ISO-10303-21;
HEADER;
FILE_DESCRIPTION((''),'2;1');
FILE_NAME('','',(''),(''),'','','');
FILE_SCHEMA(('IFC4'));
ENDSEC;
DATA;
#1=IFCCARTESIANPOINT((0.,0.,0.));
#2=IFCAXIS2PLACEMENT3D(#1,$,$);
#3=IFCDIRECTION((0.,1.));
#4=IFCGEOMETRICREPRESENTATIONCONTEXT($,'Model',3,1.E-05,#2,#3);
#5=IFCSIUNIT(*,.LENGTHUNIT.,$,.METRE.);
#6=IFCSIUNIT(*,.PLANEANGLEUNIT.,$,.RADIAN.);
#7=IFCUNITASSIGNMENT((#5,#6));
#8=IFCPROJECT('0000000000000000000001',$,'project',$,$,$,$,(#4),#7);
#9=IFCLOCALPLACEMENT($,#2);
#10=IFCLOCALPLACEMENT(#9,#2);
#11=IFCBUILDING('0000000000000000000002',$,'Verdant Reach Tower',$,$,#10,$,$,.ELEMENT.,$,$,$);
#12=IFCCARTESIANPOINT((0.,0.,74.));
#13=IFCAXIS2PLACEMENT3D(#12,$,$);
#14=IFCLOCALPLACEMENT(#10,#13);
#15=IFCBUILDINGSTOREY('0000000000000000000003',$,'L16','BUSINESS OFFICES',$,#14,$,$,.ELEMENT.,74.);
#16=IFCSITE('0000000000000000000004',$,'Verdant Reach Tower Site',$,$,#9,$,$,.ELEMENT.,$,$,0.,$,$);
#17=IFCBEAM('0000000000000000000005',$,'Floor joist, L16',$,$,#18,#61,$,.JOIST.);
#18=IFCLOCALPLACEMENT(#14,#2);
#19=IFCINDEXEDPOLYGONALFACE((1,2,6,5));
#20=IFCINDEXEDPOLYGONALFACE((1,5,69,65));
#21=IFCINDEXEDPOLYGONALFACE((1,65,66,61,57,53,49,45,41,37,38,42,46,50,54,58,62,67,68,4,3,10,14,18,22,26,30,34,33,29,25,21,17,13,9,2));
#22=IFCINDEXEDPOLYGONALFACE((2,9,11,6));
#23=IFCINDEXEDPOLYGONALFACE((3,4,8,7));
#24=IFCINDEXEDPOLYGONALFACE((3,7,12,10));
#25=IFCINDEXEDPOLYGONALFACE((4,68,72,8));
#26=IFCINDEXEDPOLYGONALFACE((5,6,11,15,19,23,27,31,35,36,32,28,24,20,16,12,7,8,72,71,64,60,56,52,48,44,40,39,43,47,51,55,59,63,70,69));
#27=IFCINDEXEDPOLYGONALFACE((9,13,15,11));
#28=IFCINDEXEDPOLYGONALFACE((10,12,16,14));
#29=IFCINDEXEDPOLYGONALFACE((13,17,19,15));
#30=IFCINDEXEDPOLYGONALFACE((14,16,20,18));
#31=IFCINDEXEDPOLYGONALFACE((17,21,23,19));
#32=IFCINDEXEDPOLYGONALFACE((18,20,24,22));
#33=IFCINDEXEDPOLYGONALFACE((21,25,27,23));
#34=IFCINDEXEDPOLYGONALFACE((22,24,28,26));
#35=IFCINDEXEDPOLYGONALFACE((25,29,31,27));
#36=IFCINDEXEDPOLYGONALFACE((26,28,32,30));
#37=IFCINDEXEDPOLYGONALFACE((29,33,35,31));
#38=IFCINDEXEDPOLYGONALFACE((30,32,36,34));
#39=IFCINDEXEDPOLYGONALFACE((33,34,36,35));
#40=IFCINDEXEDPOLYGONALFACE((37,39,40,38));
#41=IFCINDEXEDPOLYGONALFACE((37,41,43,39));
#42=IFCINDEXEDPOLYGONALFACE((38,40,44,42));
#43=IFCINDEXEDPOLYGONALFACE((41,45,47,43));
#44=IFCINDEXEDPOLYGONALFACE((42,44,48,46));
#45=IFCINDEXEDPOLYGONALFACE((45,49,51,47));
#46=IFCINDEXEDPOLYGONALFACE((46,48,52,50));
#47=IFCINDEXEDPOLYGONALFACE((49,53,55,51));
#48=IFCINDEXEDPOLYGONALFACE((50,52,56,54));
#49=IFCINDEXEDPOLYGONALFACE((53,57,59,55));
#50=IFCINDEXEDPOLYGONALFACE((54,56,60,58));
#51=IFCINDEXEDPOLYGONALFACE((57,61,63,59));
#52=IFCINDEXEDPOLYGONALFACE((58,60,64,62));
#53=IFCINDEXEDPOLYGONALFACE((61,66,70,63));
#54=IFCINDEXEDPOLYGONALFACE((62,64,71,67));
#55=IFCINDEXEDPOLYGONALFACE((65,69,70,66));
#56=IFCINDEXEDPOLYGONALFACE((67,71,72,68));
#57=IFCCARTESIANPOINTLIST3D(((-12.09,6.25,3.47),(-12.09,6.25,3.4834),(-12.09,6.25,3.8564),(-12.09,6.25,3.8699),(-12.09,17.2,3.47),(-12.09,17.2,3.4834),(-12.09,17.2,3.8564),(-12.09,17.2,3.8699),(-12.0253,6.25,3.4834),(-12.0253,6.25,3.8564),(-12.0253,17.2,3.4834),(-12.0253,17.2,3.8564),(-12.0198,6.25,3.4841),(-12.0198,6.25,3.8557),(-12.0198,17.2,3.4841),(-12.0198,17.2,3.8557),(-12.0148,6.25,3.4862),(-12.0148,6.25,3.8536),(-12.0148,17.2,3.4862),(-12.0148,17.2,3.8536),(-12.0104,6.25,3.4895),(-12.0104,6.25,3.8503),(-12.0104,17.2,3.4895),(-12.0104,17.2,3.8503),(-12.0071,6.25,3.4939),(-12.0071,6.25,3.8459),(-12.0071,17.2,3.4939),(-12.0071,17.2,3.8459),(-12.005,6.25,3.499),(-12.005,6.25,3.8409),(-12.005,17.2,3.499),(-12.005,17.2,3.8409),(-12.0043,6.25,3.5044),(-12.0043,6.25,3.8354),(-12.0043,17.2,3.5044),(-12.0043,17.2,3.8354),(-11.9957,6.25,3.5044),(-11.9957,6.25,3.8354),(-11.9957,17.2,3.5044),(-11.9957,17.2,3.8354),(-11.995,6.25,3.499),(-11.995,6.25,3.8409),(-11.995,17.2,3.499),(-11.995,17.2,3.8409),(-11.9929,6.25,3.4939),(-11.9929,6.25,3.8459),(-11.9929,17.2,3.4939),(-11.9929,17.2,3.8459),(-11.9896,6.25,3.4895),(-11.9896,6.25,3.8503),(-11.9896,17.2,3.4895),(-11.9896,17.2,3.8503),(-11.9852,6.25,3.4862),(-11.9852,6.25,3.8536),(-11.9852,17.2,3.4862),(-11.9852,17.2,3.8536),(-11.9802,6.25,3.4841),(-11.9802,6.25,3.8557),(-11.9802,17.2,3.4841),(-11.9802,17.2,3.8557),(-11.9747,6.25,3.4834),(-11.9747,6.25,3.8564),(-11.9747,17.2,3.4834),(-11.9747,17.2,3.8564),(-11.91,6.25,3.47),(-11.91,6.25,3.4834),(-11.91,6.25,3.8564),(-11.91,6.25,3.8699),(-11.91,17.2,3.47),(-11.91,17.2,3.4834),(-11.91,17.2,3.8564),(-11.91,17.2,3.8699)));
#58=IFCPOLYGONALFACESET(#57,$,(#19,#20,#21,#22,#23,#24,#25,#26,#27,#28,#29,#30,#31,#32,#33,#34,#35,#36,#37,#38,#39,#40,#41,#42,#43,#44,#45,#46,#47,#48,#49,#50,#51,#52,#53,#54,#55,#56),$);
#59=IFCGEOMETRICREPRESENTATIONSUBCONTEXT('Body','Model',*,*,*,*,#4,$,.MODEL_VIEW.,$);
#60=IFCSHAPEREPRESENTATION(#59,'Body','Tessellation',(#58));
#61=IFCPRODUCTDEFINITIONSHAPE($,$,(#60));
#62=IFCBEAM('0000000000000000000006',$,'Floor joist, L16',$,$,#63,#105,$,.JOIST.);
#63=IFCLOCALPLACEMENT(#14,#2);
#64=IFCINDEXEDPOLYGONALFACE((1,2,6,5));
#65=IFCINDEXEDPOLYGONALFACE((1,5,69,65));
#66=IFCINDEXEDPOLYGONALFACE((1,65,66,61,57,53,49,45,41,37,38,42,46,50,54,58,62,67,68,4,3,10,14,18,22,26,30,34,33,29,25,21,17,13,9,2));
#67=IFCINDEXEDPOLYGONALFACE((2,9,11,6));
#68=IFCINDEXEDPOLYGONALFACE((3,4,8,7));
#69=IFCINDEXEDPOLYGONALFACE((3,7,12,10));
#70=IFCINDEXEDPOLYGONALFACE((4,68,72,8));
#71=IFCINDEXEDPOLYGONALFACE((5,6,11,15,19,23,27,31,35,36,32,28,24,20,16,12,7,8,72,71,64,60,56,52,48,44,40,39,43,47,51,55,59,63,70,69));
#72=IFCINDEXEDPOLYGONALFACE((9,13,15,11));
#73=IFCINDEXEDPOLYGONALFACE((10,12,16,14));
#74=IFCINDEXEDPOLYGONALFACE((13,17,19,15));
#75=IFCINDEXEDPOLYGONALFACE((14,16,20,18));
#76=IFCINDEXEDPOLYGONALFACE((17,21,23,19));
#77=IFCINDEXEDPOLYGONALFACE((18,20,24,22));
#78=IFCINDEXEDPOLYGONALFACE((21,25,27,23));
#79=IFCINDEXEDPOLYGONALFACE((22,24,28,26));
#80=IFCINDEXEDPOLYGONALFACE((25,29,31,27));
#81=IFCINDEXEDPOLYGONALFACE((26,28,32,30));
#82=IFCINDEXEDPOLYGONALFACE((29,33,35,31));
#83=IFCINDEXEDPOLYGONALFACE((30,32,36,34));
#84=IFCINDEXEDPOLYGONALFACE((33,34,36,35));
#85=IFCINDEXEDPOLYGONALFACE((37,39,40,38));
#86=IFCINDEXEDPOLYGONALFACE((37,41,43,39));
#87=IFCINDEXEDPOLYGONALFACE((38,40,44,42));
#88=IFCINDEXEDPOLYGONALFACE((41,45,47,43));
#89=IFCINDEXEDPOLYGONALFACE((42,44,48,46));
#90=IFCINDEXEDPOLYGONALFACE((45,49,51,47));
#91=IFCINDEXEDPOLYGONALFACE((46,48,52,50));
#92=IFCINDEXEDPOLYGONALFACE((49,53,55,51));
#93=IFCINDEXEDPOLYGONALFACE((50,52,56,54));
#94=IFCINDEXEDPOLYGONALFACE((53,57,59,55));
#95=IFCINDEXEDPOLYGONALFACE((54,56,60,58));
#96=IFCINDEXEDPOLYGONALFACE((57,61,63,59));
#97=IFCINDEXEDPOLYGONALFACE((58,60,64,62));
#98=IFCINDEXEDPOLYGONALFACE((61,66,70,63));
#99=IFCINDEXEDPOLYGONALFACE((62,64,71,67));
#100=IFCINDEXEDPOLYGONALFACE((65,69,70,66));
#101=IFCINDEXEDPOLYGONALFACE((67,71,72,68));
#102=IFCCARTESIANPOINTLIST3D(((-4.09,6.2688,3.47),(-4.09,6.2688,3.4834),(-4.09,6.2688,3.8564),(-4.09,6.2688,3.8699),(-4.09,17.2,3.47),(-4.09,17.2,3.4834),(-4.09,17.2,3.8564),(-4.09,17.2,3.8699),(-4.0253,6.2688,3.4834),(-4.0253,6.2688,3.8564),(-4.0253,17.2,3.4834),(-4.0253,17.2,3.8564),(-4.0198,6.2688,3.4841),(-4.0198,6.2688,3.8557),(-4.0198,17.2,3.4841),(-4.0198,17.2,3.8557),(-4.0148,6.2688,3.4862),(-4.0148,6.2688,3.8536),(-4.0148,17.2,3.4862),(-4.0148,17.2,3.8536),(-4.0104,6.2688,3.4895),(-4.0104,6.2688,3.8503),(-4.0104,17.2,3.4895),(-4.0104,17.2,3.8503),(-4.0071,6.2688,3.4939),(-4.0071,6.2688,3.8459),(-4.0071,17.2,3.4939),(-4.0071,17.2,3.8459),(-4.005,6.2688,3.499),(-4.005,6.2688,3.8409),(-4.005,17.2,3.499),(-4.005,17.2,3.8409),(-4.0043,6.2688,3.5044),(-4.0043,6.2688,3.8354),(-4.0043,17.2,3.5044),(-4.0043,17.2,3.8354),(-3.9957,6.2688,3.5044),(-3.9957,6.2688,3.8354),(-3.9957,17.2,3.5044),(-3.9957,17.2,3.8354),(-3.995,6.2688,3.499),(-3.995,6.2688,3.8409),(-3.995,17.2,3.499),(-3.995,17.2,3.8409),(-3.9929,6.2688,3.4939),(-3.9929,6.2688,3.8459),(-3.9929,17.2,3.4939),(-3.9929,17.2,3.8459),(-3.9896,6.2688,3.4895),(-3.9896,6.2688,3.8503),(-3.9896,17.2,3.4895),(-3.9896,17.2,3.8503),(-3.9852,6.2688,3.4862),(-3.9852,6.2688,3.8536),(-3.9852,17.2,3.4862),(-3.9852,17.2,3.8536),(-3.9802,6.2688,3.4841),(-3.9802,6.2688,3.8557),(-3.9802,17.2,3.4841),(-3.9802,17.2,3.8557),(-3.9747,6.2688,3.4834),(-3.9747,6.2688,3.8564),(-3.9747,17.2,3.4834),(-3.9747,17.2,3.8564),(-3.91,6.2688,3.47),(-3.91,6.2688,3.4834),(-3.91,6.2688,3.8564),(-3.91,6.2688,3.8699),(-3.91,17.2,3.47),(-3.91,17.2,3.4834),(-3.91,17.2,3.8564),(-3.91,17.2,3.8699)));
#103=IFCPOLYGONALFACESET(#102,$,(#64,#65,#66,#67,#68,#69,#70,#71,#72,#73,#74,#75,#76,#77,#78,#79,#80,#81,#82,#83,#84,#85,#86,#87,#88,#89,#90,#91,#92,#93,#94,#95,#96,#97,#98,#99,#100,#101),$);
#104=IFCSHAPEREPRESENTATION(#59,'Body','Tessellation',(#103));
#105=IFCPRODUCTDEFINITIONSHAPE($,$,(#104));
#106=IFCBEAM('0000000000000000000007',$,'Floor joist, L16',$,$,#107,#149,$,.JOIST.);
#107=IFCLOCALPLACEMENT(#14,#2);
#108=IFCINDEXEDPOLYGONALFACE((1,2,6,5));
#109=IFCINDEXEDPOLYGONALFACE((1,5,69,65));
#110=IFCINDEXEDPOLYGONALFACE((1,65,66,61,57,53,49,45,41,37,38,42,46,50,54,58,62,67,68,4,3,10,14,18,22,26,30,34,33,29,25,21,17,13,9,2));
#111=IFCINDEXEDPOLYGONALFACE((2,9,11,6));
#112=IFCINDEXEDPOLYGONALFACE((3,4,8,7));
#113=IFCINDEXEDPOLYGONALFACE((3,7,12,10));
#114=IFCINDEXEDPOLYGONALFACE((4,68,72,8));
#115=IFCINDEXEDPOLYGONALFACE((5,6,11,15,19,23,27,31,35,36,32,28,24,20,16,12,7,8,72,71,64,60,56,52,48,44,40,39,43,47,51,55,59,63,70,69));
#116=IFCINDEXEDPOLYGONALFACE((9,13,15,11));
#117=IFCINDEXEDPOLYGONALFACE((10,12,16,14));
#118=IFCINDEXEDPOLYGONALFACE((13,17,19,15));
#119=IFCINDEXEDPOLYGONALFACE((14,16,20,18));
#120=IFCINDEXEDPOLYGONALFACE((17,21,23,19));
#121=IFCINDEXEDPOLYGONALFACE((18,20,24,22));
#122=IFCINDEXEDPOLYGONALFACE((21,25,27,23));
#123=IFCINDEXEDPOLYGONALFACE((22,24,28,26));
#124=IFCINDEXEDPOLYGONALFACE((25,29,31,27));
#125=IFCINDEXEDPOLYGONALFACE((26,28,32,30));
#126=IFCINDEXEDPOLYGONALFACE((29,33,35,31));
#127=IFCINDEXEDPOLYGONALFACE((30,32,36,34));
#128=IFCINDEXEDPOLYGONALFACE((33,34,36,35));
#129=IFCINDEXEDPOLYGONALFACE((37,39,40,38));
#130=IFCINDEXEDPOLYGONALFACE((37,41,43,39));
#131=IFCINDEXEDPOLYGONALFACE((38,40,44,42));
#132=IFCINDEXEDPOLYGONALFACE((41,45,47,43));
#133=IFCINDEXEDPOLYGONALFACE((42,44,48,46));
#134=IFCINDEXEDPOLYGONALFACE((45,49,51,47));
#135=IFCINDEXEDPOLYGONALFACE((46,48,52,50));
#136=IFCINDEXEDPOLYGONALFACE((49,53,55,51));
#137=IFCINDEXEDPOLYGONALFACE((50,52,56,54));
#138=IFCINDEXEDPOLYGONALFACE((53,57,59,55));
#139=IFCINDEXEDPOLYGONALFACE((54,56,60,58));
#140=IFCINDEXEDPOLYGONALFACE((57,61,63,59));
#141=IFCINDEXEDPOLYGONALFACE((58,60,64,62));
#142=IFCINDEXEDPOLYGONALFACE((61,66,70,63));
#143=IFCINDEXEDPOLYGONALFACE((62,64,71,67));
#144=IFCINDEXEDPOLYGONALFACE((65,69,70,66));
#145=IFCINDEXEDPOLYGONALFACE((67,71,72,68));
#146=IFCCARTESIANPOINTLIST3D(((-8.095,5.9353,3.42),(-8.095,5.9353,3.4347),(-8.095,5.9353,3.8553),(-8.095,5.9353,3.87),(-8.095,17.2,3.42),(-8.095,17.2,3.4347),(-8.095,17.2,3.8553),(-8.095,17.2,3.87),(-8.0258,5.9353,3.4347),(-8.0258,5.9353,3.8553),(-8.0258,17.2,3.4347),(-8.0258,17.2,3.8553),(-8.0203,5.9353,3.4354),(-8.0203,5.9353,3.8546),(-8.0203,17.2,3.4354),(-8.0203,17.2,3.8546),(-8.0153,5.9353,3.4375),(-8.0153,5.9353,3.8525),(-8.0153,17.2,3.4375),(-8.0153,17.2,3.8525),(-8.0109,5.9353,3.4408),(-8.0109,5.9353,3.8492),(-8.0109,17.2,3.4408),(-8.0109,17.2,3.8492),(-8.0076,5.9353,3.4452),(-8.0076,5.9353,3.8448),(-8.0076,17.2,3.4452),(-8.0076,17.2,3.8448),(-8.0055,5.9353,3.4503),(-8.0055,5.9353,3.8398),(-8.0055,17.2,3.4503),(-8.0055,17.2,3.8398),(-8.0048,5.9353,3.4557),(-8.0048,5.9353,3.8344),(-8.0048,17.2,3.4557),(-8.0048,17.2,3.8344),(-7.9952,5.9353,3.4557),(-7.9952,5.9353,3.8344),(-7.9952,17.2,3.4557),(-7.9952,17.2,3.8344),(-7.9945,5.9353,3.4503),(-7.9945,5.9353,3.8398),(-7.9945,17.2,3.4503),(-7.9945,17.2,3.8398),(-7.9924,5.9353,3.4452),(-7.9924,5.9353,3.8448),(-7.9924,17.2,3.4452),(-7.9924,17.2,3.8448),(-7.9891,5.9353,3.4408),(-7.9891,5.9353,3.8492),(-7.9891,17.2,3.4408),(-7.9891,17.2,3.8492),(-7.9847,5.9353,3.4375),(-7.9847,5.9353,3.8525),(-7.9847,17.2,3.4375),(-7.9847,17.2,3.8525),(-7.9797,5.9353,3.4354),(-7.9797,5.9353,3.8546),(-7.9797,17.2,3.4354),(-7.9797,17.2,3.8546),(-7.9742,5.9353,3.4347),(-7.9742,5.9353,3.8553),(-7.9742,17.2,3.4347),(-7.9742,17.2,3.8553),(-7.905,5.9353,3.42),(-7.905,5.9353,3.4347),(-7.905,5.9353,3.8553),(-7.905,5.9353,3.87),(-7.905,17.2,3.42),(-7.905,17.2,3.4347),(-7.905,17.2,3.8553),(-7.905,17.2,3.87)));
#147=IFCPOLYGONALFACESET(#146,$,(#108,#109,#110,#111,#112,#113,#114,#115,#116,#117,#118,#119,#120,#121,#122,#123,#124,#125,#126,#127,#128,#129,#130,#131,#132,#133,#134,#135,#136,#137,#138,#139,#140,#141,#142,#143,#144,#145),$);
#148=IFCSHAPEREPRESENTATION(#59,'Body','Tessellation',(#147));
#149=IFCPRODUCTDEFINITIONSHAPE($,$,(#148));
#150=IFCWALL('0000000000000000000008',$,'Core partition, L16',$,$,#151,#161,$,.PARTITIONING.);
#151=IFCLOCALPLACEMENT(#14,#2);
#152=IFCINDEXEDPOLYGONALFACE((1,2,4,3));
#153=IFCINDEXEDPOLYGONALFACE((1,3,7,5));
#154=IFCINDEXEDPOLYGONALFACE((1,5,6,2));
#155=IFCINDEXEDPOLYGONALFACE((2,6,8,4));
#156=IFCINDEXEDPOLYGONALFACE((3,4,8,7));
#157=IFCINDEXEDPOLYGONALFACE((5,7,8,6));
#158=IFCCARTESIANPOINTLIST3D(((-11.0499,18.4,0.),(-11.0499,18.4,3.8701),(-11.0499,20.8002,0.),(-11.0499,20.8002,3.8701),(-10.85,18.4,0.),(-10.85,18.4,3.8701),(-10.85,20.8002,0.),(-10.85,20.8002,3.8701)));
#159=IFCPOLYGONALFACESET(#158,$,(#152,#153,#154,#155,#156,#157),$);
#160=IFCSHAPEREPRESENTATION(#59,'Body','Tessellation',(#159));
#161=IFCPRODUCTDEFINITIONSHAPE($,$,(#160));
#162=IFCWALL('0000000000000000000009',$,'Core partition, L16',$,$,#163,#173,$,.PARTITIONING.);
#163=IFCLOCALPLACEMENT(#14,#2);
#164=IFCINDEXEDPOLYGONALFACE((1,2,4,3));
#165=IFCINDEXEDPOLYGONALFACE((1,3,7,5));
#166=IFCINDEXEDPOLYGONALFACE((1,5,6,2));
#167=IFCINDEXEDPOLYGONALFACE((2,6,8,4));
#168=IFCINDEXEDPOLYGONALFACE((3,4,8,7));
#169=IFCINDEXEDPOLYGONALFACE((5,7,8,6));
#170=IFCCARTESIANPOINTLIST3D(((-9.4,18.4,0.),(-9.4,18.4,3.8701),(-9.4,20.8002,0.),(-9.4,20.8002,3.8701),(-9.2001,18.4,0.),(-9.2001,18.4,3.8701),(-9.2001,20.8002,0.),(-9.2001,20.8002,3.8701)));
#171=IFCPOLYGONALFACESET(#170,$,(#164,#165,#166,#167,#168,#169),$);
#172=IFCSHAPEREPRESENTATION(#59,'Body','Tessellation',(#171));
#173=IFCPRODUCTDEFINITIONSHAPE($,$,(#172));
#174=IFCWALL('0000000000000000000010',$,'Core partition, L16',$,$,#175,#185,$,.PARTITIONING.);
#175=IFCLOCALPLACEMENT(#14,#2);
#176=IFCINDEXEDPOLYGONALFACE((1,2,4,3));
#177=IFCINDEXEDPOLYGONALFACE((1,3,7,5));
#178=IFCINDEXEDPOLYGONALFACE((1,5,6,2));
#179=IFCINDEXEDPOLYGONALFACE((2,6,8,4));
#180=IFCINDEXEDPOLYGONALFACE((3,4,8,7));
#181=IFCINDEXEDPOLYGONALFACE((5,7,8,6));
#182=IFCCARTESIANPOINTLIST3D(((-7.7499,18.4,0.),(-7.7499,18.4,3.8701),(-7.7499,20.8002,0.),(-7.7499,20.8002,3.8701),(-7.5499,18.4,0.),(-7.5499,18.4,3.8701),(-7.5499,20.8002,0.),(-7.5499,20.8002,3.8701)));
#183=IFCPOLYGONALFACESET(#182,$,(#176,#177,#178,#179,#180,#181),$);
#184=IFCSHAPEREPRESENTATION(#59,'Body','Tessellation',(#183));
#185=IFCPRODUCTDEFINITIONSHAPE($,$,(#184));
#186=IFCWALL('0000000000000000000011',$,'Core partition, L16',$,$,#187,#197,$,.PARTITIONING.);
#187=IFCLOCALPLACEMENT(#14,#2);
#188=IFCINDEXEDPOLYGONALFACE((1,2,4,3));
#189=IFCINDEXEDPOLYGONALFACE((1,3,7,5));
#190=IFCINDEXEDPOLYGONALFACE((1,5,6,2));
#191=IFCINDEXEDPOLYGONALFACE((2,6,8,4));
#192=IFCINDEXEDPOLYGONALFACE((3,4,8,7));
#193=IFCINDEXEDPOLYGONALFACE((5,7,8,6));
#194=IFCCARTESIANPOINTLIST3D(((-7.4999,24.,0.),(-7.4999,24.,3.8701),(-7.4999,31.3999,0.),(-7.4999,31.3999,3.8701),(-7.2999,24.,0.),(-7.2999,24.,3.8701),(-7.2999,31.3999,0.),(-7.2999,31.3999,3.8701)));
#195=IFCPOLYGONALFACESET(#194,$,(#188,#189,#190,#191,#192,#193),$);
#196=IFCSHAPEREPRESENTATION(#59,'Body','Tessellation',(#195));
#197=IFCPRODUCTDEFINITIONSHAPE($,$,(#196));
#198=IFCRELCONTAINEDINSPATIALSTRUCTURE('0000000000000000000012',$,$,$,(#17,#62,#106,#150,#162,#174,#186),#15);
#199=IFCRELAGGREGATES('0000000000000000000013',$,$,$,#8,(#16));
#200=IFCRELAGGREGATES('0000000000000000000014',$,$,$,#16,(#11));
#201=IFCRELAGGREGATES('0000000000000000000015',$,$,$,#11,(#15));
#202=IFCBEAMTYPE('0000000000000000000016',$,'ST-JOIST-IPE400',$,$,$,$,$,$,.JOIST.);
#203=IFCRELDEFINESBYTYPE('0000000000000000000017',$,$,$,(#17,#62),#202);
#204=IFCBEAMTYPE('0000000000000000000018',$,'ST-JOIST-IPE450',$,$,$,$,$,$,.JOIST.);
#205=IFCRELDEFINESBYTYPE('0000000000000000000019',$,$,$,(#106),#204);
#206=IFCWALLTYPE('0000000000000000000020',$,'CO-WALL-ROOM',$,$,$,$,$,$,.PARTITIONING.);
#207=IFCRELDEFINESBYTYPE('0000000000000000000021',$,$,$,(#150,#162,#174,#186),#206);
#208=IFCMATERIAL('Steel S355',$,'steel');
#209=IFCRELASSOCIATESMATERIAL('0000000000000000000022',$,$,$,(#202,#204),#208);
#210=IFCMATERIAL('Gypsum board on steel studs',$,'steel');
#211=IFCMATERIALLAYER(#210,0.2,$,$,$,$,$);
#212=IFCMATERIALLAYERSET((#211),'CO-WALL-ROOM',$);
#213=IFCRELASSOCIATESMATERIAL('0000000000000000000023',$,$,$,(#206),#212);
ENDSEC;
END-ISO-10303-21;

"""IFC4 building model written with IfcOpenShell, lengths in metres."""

from ifc_helpers import new_model, si_unit, direction, frame, frame_2d, origin, origin_2d, place, context, subcontext, project, spatial, rectangle, i_section, extrude, material, layer, layer_set, material_profile, profile_set, type_object, element, save


model = new_model("IFC4")

# Units and contexts
model_context = context("Model", 3, precision=1e-05, world=origin(), true_north=direction((0.0, 1.0)))
body_context = subcontext(model_context, "Body", "Model", "MODEL_VIEW")
ifc_project = project(units=[si_unit("LENGTHUNIT", "METRE"), si_unit("PLANEANGLEUNIT", "RADIAN")], contexts=[model_context])

# Site, building, storey
site_placement = place(None, origin())
site = spatial("IfcSite", under=ifc_project, at=site_placement, Name="Verdant Reach Tower Site", CompositionType="ELEMENT", RefElevation=0.0)
building_placement = place(site_placement, origin())
building = spatial("IfcBuilding", under=site, at=building_placement, Name="Verdant Reach Tower", CompositionType="ELEMENT")
storey_placement = place(building_placement, frame((0.0, 0.0, 74.0)))
storey = spatial("IfcBuildingStorey", under=building, at=storey_placement, Name="L16", Description="BUSINESS OFFICES", CompositionType="ELEMENT", Elevation=74.0)

# Beams
ifc_material_1 = material(Name="Steel S355", Category="steel")
ifc_material_profile_1 = material_profile(ifc_material_1, i_section(OverallWidth=0.1799, OverallDepth=0.3999, WebThickness=0.0085, FlangeThickness=0.0134, FilletRadius=0.021, at=origin_2d()), Name="IPE 400")
ifc_profile_set_1 = profile_set([ifc_material_profile_1], Name="Steel S355")
beam_type_1 = type_object("IfcBeamType", Name="ST-JOIST-IPE400", PredefinedType="JOIST", material=ifc_profile_set_1)
beam_1_placement = place(storey_placement, frame((-12.0, 17.2, 3.6699), z_axis=(0.0, -1.0, 0.0), x_axis=(1.0, 0.0, 0.0)))
element("IfcBeam", 1, at=beam_1_placement, inside=storey, type_object=beam_type_1, Name="Floor joist, L16", PredefinedType="JOIST", context=body_context, shape_type="SweptSolid", body=[
    extrude(i_section(OverallWidth=0.1799, OverallDepth=0.3999, WebThickness=0.0085, FlangeThickness=0.0134, FilletRadius=0.021, at=origin_2d()), origin(), (0.0, 0.0, 1.0), 10.95),
])
beam_2_placement = place(storey_placement, frame((-4.0, 17.2, 3.6699), z_axis=(0.0, -1.0, 0.0), x_axis=(1.0, 0.0, 0.0)))
element("IfcBeam", 2, at=beam_2_placement, inside=storey, type_object=beam_type_1, Name="Floor joist, L16", PredefinedType="JOIST", context=body_context, shape_type="SweptSolid", body=[
    extrude(i_section(OverallWidth=0.1799, OverallDepth=0.3999, WebThickness=0.0085, FlangeThickness=0.0134, FilletRadius=0.021, at=origin_2d()), origin(), (0.0, 0.0, 1.0), 10.9312),
])
ifc_material_profile_2 = material_profile(ifc_material_1, i_section(OverallWidth=0.1899, OverallDepth=0.45, WebThickness=0.0095, FlangeThickness=0.0146, FilletRadius=0.021, at=origin_2d()), Name="IPE 450")
ifc_profile_set_2 = profile_set([ifc_material_profile_2], Name="Steel S355")
beam_type_2 = type_object("IfcBeamType", Name="ST-JOIST-IPE450", PredefinedType="JOIST", material=ifc_profile_set_2)
beam_3_placement = place(storey_placement, frame((-8.0, 17.2, 3.645), z_axis=(0.0, -1.0, 0.0), x_axis=(1.0, 0.0, 0.0)))
element("IfcBeam", 3, at=beam_3_placement, inside=storey, type_object=beam_type_2, Name="Floor joist, L16", PredefinedType="JOIST", context=body_context, shape_type="SweptSolid", body=[
    extrude(i_section(OverallWidth=0.1899, OverallDepth=0.45, WebThickness=0.0095, FlangeThickness=0.0146, FilletRadius=0.021, at=origin_2d()), origin(), (0.0, 0.0, 1.0), 11.2646),
])

# Walls
ifc_material_2 = material(Name="Gypsum board on steel studs", Category="steel")
ifc_layer_1 = layer(ifc_material_2, 0.2)
ifc_layer_set_1 = layer_set([ifc_layer_1], Name="CO-WALL-ROOM")
wall_type_1 = type_object("IfcWallType", Name="CO-WALL-ROOM", PredefinedType="PARTITIONING", material=ifc_layer_set_1)
for number, where, z_axis, x_axis, name in (
    (4, (-10.95, 18.3999, 0.0), (0.0, 0.0, 1.0), (0.0, 1.0, 0.0), "Core partition, L16"),
    (5, (-9.3, 18.3999, 0.0), (0.0, 0.0, 1.0), (0.0, 1.0, 0.0), "Core partition, L16"),
    (6, (-7.6499, 18.3999, 0.0), (0.0, 0.0, 1.0), (0.0, 1.0, 0.0), "Core partition, L16"),
):
    element("IfcWall", number, at=place(storey_placement, frame(where, z_axis=z_axis, x_axis=x_axis)), inside=storey, type_object=wall_type_1, Name=name, PredefinedType="PARTITIONING", context=body_context, shape_type="SweptSolid", body=[
        extrude(rectangle(XDim=2.4001, YDim=0.2, at=frame_2d((1.2002, 0.0))), origin(), (0.0, 0.0, 1.0), 3.8701),
    ])
wall_1_placement = place(storey_placement, frame((-7.3999, 24.0, 0.0), z_axis=(0.0, 0.0, 1.0), x_axis=(0.0, 1.0, 0.0)))
element("IfcWall", 7, at=wall_1_placement, inside=storey, type_object=wall_type_1, Name="Core partition, L16", PredefinedType="PARTITIONING", context=body_context, shape_type="SweptSolid", body=[
    extrude(rectangle(XDim=7.3999, YDim=0.2, at=frame_2d((3.7, 0.0))), origin(), (0.0, 0.0, 1.0), 3.8701),
])

save(model, "model.ifc")
